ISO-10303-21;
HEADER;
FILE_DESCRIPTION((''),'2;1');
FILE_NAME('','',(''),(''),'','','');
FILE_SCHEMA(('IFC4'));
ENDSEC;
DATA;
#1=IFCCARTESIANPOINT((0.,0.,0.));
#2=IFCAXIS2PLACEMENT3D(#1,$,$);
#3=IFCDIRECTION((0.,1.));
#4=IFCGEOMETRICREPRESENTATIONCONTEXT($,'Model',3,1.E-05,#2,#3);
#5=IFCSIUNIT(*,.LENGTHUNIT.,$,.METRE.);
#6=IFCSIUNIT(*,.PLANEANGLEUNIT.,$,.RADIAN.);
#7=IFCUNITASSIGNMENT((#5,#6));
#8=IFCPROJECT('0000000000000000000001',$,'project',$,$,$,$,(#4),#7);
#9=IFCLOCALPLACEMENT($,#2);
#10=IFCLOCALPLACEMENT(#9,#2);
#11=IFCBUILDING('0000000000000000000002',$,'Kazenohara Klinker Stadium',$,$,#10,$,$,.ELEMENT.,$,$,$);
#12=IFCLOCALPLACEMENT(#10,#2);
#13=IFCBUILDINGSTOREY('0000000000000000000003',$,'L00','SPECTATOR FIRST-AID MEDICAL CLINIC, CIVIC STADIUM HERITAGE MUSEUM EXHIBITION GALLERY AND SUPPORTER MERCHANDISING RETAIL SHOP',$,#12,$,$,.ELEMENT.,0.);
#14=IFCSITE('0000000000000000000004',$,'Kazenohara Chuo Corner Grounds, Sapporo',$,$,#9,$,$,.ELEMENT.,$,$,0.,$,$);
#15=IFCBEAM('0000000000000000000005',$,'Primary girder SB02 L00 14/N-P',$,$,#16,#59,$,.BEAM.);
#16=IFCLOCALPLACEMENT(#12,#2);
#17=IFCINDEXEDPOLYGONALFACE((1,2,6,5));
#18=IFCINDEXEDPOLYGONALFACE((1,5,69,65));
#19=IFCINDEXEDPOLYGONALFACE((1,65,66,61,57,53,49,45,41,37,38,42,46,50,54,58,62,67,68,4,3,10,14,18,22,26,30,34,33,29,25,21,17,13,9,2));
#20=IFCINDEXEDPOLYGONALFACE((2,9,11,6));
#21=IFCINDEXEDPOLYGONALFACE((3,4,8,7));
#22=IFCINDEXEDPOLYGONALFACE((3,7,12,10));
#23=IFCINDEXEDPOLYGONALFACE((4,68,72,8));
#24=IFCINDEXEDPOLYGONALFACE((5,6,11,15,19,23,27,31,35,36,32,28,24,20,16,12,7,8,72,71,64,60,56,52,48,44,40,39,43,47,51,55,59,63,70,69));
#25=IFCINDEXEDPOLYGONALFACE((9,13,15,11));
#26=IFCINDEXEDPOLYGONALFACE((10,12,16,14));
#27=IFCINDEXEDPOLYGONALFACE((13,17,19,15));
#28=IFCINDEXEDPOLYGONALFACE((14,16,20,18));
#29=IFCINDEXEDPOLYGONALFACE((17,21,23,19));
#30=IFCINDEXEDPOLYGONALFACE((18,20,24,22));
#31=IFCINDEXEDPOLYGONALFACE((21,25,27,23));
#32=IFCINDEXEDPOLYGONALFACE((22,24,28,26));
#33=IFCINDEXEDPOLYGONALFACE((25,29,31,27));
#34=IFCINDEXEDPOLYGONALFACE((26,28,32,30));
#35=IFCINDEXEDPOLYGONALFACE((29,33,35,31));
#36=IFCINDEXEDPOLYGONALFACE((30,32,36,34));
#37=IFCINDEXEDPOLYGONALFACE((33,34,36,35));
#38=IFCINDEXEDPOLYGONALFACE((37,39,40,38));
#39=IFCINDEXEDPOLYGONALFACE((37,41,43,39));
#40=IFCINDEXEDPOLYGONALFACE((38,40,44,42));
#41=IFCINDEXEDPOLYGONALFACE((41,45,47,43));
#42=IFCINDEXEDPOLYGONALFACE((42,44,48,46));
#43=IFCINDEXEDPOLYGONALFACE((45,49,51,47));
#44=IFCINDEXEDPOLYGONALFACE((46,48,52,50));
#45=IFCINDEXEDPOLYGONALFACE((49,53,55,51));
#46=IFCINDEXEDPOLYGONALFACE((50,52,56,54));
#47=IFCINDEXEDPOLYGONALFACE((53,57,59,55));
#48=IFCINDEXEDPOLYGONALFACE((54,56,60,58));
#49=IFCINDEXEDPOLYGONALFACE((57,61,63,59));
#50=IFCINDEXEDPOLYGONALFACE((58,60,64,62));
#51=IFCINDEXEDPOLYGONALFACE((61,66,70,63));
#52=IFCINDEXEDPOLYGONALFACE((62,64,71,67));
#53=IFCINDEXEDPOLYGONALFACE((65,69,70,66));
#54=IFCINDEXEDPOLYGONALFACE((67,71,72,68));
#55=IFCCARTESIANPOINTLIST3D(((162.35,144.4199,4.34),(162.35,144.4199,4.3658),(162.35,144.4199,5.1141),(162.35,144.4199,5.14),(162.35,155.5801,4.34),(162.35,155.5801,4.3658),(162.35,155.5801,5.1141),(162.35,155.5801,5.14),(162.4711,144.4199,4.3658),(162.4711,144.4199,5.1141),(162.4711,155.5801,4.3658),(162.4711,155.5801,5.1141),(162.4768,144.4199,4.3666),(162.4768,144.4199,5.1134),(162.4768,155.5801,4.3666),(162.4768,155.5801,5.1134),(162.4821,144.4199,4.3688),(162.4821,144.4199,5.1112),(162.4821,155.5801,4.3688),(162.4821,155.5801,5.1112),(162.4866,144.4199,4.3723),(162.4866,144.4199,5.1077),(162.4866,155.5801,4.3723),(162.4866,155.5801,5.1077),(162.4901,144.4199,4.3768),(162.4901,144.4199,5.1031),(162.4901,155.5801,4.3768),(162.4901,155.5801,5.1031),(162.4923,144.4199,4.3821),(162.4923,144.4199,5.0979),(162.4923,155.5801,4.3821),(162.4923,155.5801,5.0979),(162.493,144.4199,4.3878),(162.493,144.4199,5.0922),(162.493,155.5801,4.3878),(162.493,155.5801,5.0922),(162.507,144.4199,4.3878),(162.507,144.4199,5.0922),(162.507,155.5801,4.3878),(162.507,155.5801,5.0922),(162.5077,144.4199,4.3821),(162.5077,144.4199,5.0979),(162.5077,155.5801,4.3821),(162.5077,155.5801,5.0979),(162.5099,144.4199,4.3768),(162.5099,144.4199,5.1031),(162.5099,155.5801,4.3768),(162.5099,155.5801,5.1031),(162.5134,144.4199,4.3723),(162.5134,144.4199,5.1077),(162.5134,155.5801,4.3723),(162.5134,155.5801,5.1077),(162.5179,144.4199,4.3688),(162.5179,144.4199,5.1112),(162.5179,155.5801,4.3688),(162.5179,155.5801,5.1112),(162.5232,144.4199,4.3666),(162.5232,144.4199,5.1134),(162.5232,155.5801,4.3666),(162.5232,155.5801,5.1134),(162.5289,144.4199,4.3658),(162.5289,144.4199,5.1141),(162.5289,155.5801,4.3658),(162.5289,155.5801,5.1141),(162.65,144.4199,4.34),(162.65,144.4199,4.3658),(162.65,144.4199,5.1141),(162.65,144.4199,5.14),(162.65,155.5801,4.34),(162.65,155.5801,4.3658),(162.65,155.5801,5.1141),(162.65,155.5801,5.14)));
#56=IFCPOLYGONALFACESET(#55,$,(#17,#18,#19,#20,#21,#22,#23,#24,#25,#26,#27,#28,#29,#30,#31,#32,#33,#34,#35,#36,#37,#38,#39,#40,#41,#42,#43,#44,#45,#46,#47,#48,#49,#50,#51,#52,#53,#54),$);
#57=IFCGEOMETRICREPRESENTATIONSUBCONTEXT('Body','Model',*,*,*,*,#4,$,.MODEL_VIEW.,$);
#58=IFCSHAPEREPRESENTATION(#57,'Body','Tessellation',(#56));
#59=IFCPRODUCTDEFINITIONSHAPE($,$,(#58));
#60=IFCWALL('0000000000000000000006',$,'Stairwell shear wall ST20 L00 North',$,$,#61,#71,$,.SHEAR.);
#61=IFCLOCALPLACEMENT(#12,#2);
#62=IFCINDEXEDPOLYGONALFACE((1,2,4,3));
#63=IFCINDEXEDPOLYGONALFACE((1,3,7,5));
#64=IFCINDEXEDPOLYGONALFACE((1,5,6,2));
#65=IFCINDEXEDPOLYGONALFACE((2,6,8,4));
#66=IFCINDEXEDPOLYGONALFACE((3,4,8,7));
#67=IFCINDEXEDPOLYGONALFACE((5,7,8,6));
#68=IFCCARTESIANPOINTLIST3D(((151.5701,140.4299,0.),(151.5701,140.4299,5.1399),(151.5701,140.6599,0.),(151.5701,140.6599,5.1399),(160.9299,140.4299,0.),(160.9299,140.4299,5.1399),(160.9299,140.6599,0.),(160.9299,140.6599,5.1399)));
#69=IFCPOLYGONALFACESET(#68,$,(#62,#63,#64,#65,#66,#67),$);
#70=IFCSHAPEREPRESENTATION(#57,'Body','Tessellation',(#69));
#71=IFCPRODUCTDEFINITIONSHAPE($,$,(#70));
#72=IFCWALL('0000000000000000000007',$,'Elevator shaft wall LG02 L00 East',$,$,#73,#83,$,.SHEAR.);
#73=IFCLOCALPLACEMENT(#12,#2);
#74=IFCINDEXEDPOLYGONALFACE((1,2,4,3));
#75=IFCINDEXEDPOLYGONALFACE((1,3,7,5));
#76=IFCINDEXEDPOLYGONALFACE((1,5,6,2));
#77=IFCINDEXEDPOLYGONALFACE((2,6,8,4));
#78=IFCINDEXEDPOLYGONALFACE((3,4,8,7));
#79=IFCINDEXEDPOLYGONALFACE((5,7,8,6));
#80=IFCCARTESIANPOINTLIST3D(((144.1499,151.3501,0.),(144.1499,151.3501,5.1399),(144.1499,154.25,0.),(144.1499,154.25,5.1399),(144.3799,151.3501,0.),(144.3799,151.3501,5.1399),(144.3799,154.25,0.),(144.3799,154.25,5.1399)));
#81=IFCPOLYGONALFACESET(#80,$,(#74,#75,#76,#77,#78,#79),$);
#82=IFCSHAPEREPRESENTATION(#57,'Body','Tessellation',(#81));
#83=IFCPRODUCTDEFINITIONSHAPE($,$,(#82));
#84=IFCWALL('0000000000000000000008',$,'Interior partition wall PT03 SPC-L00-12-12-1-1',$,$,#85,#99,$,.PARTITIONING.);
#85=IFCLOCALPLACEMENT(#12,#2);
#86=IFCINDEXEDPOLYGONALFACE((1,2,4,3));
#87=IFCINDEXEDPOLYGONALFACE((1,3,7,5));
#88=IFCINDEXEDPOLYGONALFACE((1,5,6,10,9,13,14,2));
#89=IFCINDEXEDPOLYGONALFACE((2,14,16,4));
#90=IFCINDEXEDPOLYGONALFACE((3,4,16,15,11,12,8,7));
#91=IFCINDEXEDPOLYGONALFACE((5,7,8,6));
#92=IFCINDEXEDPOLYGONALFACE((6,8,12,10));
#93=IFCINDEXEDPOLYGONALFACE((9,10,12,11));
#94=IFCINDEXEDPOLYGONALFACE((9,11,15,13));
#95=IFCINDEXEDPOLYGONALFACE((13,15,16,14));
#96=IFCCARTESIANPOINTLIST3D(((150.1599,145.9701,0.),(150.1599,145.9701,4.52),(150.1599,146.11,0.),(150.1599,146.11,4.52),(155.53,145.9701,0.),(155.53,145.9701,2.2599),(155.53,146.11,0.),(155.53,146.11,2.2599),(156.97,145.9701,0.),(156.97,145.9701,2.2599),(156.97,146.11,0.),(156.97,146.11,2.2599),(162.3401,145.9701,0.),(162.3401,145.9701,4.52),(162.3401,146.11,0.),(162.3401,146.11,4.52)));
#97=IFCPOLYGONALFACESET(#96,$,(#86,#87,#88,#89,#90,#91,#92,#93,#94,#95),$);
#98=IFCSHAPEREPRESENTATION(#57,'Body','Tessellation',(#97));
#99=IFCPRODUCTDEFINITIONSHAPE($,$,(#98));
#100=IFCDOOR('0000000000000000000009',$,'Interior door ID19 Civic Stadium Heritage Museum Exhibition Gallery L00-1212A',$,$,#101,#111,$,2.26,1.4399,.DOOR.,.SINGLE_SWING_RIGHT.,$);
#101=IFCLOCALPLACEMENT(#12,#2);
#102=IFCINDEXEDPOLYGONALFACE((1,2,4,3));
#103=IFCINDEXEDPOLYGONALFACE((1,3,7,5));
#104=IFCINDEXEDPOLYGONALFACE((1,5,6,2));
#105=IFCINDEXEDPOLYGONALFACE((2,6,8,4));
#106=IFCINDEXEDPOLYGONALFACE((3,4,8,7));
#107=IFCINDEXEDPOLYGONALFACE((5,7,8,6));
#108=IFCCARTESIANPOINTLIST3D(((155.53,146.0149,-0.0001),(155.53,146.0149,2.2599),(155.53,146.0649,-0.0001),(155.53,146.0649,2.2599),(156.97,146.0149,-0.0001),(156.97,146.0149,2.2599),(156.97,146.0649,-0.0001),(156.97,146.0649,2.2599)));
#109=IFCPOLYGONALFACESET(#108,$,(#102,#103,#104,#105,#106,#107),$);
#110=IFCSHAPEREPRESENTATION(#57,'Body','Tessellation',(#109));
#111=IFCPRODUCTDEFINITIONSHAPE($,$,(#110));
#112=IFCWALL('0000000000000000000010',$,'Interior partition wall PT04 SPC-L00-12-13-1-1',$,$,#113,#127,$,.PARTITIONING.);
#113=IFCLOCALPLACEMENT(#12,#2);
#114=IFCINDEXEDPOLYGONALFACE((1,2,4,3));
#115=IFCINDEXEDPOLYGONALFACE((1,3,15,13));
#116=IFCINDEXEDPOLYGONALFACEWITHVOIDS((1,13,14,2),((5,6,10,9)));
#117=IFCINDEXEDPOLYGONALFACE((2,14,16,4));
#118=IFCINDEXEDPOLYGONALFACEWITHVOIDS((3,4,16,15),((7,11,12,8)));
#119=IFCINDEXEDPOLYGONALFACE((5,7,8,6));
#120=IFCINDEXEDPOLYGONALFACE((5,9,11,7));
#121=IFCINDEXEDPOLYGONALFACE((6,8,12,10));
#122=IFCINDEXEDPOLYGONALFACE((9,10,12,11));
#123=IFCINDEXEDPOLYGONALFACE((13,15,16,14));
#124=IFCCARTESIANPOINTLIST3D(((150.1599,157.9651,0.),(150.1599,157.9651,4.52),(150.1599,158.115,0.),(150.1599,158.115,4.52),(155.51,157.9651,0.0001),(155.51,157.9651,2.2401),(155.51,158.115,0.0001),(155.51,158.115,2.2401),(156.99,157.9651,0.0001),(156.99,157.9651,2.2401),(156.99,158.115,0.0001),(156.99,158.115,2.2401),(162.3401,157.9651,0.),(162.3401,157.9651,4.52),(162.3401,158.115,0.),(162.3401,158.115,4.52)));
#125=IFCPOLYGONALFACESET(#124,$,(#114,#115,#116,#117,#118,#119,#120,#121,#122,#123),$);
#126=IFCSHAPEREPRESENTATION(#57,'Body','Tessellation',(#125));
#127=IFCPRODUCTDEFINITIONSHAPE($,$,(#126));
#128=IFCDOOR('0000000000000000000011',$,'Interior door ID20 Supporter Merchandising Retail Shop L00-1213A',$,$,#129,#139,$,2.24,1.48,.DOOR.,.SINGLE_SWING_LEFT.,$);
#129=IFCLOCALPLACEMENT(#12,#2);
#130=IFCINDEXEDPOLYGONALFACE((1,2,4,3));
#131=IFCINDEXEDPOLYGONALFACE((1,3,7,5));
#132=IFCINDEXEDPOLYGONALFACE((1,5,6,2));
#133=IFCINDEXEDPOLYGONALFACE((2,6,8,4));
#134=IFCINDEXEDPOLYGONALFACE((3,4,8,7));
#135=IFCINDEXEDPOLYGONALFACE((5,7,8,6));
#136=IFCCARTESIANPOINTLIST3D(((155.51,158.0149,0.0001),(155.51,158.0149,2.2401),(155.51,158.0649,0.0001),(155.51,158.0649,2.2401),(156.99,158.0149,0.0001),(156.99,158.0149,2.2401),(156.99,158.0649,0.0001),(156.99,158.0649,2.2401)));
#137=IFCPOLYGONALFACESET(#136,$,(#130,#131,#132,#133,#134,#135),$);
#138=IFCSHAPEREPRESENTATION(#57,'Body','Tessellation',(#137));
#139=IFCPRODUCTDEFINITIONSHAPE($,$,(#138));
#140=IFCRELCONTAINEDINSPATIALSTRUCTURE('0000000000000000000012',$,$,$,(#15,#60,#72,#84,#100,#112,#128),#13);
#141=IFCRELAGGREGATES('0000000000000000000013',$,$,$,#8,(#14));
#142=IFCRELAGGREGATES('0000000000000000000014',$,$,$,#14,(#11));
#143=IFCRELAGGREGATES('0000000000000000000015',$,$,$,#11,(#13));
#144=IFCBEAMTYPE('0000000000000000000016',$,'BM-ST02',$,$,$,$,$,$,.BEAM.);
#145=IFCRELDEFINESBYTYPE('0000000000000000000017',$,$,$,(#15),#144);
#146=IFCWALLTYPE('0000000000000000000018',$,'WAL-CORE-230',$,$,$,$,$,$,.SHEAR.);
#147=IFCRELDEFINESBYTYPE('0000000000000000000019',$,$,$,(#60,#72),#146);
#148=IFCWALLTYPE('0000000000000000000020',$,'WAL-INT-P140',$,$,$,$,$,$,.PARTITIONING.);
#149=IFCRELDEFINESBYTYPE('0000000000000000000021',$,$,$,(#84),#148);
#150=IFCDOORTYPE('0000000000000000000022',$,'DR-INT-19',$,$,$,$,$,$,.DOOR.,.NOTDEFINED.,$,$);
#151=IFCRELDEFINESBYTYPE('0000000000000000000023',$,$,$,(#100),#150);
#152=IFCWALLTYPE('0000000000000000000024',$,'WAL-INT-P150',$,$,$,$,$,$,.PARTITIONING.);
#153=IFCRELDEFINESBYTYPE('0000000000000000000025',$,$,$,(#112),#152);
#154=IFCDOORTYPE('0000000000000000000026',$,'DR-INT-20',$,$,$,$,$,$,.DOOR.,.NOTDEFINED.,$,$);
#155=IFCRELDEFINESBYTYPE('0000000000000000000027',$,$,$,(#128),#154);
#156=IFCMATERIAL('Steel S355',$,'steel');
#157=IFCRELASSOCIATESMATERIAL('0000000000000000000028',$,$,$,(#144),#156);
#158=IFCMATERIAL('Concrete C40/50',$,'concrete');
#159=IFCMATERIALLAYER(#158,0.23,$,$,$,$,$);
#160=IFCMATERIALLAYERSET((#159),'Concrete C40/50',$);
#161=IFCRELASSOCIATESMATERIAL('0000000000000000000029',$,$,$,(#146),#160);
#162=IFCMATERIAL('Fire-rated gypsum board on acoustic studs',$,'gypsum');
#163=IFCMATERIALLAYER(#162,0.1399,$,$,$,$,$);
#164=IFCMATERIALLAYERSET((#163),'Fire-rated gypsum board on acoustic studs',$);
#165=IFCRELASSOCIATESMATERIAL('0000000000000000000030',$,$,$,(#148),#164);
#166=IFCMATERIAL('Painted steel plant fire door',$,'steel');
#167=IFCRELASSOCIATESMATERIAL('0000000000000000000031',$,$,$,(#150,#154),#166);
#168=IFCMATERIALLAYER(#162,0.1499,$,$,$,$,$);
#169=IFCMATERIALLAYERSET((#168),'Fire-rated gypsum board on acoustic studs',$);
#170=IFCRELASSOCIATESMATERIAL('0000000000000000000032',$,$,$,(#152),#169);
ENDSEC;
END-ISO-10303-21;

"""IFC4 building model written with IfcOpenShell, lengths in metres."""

from ifc_helpers import new_model, si_unit, direction, frame, frame_2d, origin, origin_2d, place, context, subcontext, project, spatial, rectangle, i_section, extrude, material, layer, layer_set, material_profile, profile_set, type_object, element, fill, save


model = new_model("IFC4")

# Units and contexts
model_context = context("Model", 3, precision=1e-05, world=origin(), true_north=direction((0.0, 1.0)))
body_context = subcontext(model_context, "Body", "Model", "MODEL_VIEW")
ifc_project = project(units=[si_unit("LENGTHUNIT", "METRE"), si_unit("PLANEANGLEUNIT", "RADIAN")], contexts=[model_context])

# Site, building, storey
site_placement = place(None, origin())
site = spatial("IfcSite", under=ifc_project, at=site_placement, Name="Kazenohara Chuo Corner Grounds, Sapporo", CompositionType="ELEMENT", RefElevation=0.0)
building_placement = place(site_placement, origin())
building = spatial("IfcBuilding", under=site, at=building_placement, Name="Kazenohara Klinker Stadium", CompositionType="ELEMENT")
storey_placement = place(building_placement, origin())
storey = spatial("IfcBuildingStorey", under=building, at=storey_placement, Name="L00", Description="SPECTATOR FIRST-AID MEDICAL CLINIC, CIVIC STADIUM HERITAGE MUSEUM EXHIBITION GALLERY AND SUPPORTER MERCHANDISING RETAIL SHOP", CompositionType="ELEMENT", Elevation=0.0)

# Shared definitions
ifc_material_1 = material(Name="Concrete C40/50", Category="concrete")

# Beam
ifc_material_2 = material(Name="Steel S355", Category="steel")
ifc_material_profile_1 = material_profile(ifc_material_2, i_section(OverallWidth=0.3, OverallDepth=0.8, WebThickness=0.0139, FlangeThickness=0.0259, FilletRadius=0.022, at=origin_2d()), Name="H-800x300x14x26")
ifc_profile_set_1 = profile_set([ifc_material_profile_1], Name="Steel S355")
beam_type_1 = type_object("IfcBeamType", Name="BM-ST02", PredefinedType="BEAM", material=ifc_profile_set_1)
for number, where, z_axis, x_axis, name in (
    (1, (162.5, 144.4199, 4.74), (0.0, 1.0, 0.0), (-1.0, 0.0, 0.0), "Primary girder SB02 L00 14/N-P"),
):
    element("IfcBeam", number, at=place(storey_placement, frame(where, z_axis=z_axis, x_axis=x_axis)), inside=storey, type_object=beam_type_1, Name=name, PredefinedType="BEAM", context=body_context, shape_type="SweptSolid", body=[
        extrude(i_section(OverallWidth=0.3, OverallDepth=0.8, WebThickness=0.0139, FlangeThickness=0.0259, FilletRadius=0.022, at=origin_2d()), origin(), (0.0, 0.0, 1.0), 11.1602),
    ])

# Walls
ifc_layer_1 = layer(ifc_material_1, 0.23)
ifc_layer_set_1 = layer_set([ifc_layer_1], Name="Concrete C40/50")
wall_type_1 = type_object("IfcWallType", Name="WAL-CORE-230", PredefinedType="SHEAR", material=ifc_layer_set_1)
wall_1_placement = place(storey_placement, frame((151.5701, 140.5449, 0.0), z_axis=(0.0, 0.0, 1.0), x_axis=(1.0, 0.0, 0.0)))
element("IfcWall", 2, at=wall_1_placement, inside=storey, type_object=wall_type_1, Name="Stairwell shear wall ST20 L00 North", PredefinedType="SHEAR", context=body_context, shape_type="SweptSolid", body=[
    extrude(rectangle(XDim=9.3599, YDim=0.23, at=frame_2d((4.6799, 0.0))), origin(), (0.0, 0.0, 1.0), 5.1399),
])
wall_2_placement = place(storey_placement, frame((144.2649, 151.3501, 0.0), z_axis=(0.0, 0.0, 1.0), x_axis=(0.0, 1.0, 0.0)))
element("IfcWall", 3, at=wall_2_placement, inside=storey, type_object=wall_type_1, Name="Elevator shaft wall LG02 L00 East", PredefinedType="SHEAR", context=body_context, shape_type="SweptSolid", body=[
    extrude(rectangle(XDim=2.8999, YDim=0.23, at=frame_2d((1.45, 0.0))), origin(), (0.0, 0.0, 1.0), 5.1399),
])

# Walls, openings, doors
ifc_material_3 = material(Name="Fire-rated gypsum board on acoustic studs", Category="gypsum")
ifc_layer_2 = layer(ifc_material_3, 0.1399)
ifc_layer_set_2 = layer_set([ifc_layer_2], Name="Fire-rated gypsum board on acoustic studs")
wall_type_2 = type_object("IfcWallType", Name="WAL-INT-P140", PredefinedType="PARTITIONING", material=ifc_layer_set_2)
wall_3_placement = place(storey_placement, frame((150.1599, 146.04, 0.0), z_axis=(0.0, 0.0, 1.0), x_axis=(1.0, 0.0, 0.0)))
wall_3 = element("IfcWall", 4, at=wall_3_placement, inside=storey, type_object=wall_type_2, Name="Interior partition wall PT03 SPC-L00-12-12-1-1", PredefinedType="PARTITIONING", context=body_context, shape_type="SweptSolid", body=[
    extrude(rectangle(XDim=12.1802, YDim=0.1399, at=frame_2d((6.0901, 0.0))), origin(), (0.0, 0.0, 1.0), 4.52),
])
opening_1_placement = place(wall_3_placement, frame((5.3701, 0.0, 0.0)))
opening_1 = element("IfcOpeningElement", 5, at=opening_1_placement, cuts=wall_3, PredefinedType="OPENING", context=body_context, shape_type="SweptSolid", body=[
    extrude(rectangle(XDim=1.4399, YDim=2.26, at=frame_2d((0.72, 1.1299))), frame((0.0, 0.0801, 0.0), z_axis=(0.0, -1.0, 0.0), x_axis=(1.0, 0.0, 0.0)), (0.0, 0.0, 1.0), 0.1599),
])
ifc_material_4 = material(Name="Painted steel plant fire door", Category="steel")
door_type_1 = type_object("IfcDoorType", Name="DR-INT-19", OperationType="NOTDEFINED", PredefinedType="DOOR", material=ifc_material_4)
door_1_placement = place(opening_1_placement, origin())
door_1 = element("IfcDoor", 6, at=door_1_placement, inside=storey, type_object=door_type_1, Name="Interior door ID19 Civic Stadium Heritage Museum Exhibition Gallery L00-1212A", OperationType="SINGLE_SWING_RIGHT", OverallHeight=2.26, OverallWidth=1.4399, PredefinedType="DOOR", context=body_context, shape_type="SweptSolid", body=[
    extrude(rectangle(XDim=1.4399, YDim=2.26, at=frame_2d((0.72, 1.1299))), frame((0.0, 0.0249, 0.0), z_axis=(0.0, -1.0, 0.0), x_axis=(1.0, 0.0, 0.0)), (0.0, 0.0, 1.0), 0.05),
])
fill(opening_1, door_1)
ifc_layer_3 = layer(ifc_material_3, 0.1499)
ifc_layer_set_3 = layer_set([ifc_layer_3], Name="Fire-rated gypsum board on acoustic studs")
wall_type_3 = type_object("IfcWallType", Name="WAL-INT-P150", PredefinedType="PARTITIONING", material=ifc_layer_set_3)
wall_4_placement = place(storey_placement, frame((150.1599, 158.04, 0.0), z_axis=(0.0, 0.0, 1.0), x_axis=(1.0, 0.0, 0.0)))
wall_4 = element("IfcWall", 7, at=wall_4_placement, inside=storey, type_object=wall_type_3, Name="Interior partition wall PT04 SPC-L00-12-13-1-1", PredefinedType="PARTITIONING", context=body_context, shape_type="SweptSolid", body=[
    extrude(rectangle(XDim=12.1802, YDim=0.1499, at=frame_2d((6.0901, 0.0))), origin(), (0.0, 0.0, 1.0), 4.52),
])
opening_2_placement = place(wall_4_placement, frame((5.3501, 0.0, 0.0)))
opening_2 = element("IfcOpeningElement", 8, at=opening_2_placement, cuts=wall_4, PredefinedType="OPENING", context=body_context, shape_type="SweptSolid", body=[
    extrude(rectangle(XDim=1.48, YDim=2.24, at=frame_2d((0.74, 1.1201))), frame((0.0, 0.085, 0.0), z_axis=(0.0, -1.0, 0.0), x_axis=(1.0, 0.0, 0.0)), (0.0, 0.0, 1.0), 0.1699),
])
door_type_2 = type_object("IfcDoorType", Name="DR-INT-20", OperationType="NOTDEFINED", PredefinedType="DOOR", material=ifc_material_4)
door_2_placement = place(opening_2_placement, origin())
door_2 = element("IfcDoor", 9, at=door_2_placement, inside=storey, type_object=door_type_2, Name="Interior door ID20 Supporter Merchandising Retail Shop L00-1213A", OperationType="SINGLE_SWING_LEFT", OverallHeight=2.24, OverallWidth=1.48, PredefinedType="DOOR", context=body_context, shape_type="SweptSolid", body=[
    extrude(rectangle(XDim=1.48, YDim=2.24, at=frame_2d((0.74, 1.1201))), frame((0.0, 0.0249, 0.0), z_axis=(0.0, -1.0, 0.0), x_axis=(1.0, 0.0, 0.0)), (0.0, 0.0, 1.0), 0.05),
])
fill(opening_2, door_2)

save(model, "model.ifc")
